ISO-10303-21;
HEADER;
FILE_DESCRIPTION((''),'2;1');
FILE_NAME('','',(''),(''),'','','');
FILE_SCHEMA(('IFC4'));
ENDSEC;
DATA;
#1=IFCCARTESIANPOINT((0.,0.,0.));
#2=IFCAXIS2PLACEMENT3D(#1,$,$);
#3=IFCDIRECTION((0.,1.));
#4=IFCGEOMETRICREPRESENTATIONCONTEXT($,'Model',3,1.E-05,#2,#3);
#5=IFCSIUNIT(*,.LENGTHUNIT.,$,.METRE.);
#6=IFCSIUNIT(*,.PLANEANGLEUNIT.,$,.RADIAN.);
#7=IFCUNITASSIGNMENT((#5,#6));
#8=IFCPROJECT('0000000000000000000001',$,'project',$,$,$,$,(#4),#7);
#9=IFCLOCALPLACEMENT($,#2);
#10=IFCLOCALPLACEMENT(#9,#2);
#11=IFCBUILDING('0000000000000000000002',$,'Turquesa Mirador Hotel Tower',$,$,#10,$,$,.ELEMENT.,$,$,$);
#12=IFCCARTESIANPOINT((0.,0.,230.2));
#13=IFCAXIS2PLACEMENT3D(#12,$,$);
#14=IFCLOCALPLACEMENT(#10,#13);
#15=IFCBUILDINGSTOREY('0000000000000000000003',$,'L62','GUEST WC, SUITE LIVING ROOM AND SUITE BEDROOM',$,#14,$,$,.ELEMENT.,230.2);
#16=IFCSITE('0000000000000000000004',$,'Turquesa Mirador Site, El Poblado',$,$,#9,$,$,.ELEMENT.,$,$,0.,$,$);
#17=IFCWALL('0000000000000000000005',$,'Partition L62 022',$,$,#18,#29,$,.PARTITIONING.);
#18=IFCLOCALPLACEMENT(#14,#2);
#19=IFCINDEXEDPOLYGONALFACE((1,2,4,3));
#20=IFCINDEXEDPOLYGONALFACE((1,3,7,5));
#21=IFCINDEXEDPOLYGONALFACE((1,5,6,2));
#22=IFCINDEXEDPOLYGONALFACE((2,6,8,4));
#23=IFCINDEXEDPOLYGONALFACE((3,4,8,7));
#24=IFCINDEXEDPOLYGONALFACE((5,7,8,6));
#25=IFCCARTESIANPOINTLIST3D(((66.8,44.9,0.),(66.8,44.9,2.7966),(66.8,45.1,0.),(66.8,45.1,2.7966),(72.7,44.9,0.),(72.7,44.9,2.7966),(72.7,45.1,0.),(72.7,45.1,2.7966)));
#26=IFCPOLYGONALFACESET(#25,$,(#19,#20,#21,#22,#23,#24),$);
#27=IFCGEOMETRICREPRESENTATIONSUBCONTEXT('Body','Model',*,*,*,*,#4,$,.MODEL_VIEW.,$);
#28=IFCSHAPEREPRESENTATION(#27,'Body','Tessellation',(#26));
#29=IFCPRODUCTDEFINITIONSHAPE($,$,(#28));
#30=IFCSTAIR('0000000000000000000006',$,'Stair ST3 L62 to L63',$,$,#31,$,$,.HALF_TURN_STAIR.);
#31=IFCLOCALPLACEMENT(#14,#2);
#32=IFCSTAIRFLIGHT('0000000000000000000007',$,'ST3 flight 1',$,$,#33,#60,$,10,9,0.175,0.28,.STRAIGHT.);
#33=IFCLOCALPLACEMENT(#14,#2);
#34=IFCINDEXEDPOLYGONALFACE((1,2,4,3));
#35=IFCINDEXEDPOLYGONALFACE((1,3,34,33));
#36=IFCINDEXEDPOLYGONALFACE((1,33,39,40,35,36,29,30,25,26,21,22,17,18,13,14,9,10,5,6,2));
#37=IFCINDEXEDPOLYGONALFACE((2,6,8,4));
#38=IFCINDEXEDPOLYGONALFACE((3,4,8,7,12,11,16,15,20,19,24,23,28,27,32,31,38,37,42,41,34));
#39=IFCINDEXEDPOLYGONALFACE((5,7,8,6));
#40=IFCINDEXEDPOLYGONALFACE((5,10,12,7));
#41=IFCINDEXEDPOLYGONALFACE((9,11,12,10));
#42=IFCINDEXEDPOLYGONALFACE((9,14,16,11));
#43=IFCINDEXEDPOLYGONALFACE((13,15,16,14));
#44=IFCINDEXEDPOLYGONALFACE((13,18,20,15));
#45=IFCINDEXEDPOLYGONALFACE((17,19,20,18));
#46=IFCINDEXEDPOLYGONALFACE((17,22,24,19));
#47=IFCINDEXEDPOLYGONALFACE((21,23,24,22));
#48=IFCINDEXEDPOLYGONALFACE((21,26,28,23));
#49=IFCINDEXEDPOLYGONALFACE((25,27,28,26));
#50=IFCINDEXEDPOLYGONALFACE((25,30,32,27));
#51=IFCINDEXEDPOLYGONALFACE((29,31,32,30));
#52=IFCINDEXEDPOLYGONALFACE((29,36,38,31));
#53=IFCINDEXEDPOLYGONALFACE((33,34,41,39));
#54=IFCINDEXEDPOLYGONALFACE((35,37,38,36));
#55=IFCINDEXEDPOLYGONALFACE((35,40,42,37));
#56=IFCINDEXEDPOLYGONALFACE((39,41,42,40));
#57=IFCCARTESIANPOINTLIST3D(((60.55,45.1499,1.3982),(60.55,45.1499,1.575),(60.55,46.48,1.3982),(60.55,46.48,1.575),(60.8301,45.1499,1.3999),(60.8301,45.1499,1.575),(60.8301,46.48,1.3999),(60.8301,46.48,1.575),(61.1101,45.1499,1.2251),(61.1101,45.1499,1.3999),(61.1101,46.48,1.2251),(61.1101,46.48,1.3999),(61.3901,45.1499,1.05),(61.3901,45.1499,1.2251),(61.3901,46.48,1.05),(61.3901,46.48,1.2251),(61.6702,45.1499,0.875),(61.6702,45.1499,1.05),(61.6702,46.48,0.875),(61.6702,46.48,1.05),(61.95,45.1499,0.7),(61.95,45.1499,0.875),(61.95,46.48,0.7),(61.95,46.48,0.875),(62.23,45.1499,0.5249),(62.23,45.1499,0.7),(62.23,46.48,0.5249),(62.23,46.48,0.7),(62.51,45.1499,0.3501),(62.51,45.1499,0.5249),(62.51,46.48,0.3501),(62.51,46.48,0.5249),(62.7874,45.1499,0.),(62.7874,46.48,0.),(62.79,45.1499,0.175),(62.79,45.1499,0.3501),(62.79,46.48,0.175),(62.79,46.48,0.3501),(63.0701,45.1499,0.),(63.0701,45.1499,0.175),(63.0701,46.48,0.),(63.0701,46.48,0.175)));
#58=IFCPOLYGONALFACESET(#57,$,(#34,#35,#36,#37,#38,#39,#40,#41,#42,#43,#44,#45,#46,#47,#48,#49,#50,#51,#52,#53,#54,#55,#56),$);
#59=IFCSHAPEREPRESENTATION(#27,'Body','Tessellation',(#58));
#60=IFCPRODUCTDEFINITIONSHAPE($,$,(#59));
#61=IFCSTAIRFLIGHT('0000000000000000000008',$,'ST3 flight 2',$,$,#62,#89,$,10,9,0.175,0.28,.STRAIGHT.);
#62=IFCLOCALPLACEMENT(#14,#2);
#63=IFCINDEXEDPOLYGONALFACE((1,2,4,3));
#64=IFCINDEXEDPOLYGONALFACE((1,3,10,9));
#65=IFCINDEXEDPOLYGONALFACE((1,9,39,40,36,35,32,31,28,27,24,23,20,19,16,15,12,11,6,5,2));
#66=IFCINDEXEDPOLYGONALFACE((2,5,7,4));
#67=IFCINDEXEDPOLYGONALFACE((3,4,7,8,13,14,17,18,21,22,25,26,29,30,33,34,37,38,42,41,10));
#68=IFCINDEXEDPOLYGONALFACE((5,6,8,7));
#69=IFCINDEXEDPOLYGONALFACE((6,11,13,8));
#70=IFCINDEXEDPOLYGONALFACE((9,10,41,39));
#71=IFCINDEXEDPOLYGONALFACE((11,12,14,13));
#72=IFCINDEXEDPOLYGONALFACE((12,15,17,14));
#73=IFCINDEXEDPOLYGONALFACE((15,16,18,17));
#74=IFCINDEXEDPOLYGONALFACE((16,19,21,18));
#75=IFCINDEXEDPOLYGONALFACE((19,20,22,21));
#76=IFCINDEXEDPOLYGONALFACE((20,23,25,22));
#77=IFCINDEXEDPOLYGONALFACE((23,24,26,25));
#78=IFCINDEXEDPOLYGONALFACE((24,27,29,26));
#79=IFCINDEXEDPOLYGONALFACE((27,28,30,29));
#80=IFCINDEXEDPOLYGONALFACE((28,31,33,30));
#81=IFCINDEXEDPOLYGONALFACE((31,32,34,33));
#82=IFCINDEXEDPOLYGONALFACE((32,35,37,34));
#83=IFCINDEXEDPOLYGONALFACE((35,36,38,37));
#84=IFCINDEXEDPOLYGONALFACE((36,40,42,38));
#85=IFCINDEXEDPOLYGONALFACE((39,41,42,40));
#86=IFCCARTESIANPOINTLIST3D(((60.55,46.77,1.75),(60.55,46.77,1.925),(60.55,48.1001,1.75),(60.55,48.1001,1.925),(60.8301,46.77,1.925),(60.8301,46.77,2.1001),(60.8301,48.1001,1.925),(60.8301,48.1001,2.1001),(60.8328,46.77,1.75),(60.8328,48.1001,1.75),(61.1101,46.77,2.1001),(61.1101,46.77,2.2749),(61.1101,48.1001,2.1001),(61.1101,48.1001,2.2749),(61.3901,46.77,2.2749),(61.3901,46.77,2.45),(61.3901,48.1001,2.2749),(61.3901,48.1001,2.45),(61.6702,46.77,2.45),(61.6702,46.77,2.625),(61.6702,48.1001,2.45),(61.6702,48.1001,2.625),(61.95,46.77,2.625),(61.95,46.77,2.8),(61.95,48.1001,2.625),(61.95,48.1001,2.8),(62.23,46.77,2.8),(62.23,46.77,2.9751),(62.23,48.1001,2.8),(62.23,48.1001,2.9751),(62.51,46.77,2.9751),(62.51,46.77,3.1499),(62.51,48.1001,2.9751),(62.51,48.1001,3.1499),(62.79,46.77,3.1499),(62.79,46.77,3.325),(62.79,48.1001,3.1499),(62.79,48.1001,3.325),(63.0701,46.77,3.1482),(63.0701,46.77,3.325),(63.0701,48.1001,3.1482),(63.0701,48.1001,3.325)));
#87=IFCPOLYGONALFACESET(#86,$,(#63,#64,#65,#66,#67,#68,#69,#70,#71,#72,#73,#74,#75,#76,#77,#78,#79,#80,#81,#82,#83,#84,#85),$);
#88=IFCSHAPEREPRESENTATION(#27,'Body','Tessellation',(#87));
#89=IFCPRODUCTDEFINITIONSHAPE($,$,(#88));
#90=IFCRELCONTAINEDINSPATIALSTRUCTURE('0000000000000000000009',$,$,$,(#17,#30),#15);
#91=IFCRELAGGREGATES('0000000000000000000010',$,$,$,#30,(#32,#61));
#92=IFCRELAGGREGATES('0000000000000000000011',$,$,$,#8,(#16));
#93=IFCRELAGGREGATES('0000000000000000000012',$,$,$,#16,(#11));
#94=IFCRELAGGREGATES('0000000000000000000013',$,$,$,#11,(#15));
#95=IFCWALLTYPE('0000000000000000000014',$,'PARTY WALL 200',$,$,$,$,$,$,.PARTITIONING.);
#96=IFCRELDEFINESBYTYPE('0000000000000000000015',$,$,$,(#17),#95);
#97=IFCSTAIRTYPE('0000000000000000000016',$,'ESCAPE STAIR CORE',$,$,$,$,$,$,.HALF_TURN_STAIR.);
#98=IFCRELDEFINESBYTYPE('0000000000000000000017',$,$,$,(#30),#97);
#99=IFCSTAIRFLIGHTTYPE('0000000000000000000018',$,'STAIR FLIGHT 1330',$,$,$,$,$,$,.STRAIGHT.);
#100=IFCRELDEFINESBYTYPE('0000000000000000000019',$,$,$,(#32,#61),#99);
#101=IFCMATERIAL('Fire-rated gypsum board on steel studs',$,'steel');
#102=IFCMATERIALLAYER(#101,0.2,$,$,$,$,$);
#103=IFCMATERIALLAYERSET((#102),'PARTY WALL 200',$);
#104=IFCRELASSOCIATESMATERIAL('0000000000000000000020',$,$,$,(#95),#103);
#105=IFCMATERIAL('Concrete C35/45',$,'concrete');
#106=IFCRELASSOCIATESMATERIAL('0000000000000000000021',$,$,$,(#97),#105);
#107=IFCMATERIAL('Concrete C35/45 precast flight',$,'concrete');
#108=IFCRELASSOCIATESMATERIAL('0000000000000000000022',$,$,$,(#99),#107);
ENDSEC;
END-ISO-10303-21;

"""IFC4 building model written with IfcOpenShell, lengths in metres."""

from ifc_helpers import new_model, si_unit, direction, frame, frame_2d, origin, place, context, subcontext, project, spatial, polyline, rectangle, outline, extrude, material, layer, layer_set, type_object, element, aggregate, save


model = new_model("IFC4")

# Units and contexts
model_context = context("Model", 3, precision=1e-05, world=origin(), true_north=direction((0.0, 1.0)))
body_context = subcontext(model_context, "Body", "Model", "MODEL_VIEW")
ifc_project = project(units=[si_unit("LENGTHUNIT", "METRE"), si_unit("PLANEANGLEUNIT", "RADIAN")], contexts=[model_context])

# Site, building, storey
site_placement = place(None, origin())
site = spatial("IfcSite", under=ifc_project, at=site_placement, Name="Turquesa Mirador Site, El Poblado", CompositionType="ELEMENT", RefElevation=0.0)
building_placement = place(site_placement, origin())
building = spatial("IfcBuilding", under=site, at=building_placement, Name="Turquesa Mirador Hotel Tower", CompositionType="ELEMENT")
storey_placement = place(building_placement, frame((0.0, 0.0, 230.2)))
storey = spatial("IfcBuildingStorey", under=building, at=storey_placement, Name="L62", Description="GUEST WC, SUITE LIVING ROOM AND SUITE BEDROOM", CompositionType="ELEMENT", Elevation=230.2)

# Wall
ifc_material_1 = material(Name="Fire-rated gypsum board on steel studs", Category="steel")
ifc_layer_1 = layer(ifc_material_1, 0.2)
ifc_layer_set_1 = layer_set([ifc_layer_1], Name="PARTY WALL 200")
wall_type_1 = type_object("IfcWallType", Name="PARTY WALL 200", PredefinedType="PARTITIONING", material=ifc_layer_set_1)
wall_1_placement = place(storey_placement, frame((66.8, 45.0, 0.0), z_axis=(0.0, 0.0, 1.0), x_axis=(1.0, 0.0, 0.0)))
element("IfcWall", 1, at=wall_1_placement, inside=storey, type_object=wall_type_1, Name="Partition L62 022", PredefinedType="PARTITIONING", context=body_context, shape_type="SweptSolid", body=[
    extrude(rectangle(XDim=5.8999, YDim=0.2, at=frame_2d((2.95, 0.0))), origin(), (0.0, 0.0, 1.0), 2.7966),
])

# Stair, stair flights
ifc_material_2 = material(Name="Concrete C35/45", Category="concrete")
stair_type = type_object("IfcStairType", Name="ESCAPE STAIR CORE", PredefinedType="HALF_TURN_STAIR", material=ifc_material_2)
stair_placement = place(storey_placement, origin())
stair = element("IfcStair", 2, at=stair_placement, inside=storey, type_object=stair_type, Name="Stair ST3 L62 to L63", PredefinedType="HALF_TURN_STAIR")
ifc_material_3 = material(Name="Concrete C35/45 precast flight", Category="concrete")
stair_flight_type = type_object("IfcStairFlightType", Name="STAIR FLIGHT 1330", PredefinedType="STRAIGHT", material=ifc_material_3)
stair_flight_1_placement = place(storey_placement, frame((63.0701, 45.8149, 0.0), z_axis=(0.0, 0.0, 1.0), x_axis=(-1.0, 0.0, 0.0)))
stair_flight_1 = element("IfcStairFlight", 3, at=stair_flight_1_placement, type_object=stair_flight_type, Name="ST3 flight 1", NumberOfRisers=10, NumberOfTreads=9, PredefinedType="STRAIGHT", RiserHeight=0.175, TreadLength=0.28, context=body_context, shape_type="SweptSolid", body=[
    extrude(outline(polyline([(0.0, 0.0), (0.0, 0.175), (0.28, 0.175), (0.28, 0.3501), (0.5601, 0.3501), (0.5601, 0.5249), (0.8401, 0.5249), (0.8401, 0.7), (1.1201, 0.7), (1.1201, 0.875), (1.3999, 0.875), (1.3999, 1.05), (1.6799, 1.05), (1.6799, 1.2251), (1.96, 1.2251), (1.96, 1.3999), (2.24, 1.3999), (2.24, 1.575), (2.52, 1.575), (2.52, 1.75), (2.52, 1.3982), (0.2827, 0.0), (0.0, 0.0)])), frame((0.0, 0.665, 0.0), z_axis=(0.0, -1.0, 0.0), x_axis=(1.0, 0.0, 0.0)), (0.0, 0.0, 1.0), 1.3301),
])
stair_flight_2_placement = place(storey_placement, frame((60.55, 47.4351, 1.75), z_axis=(0.0, 0.0, 1.0), x_axis=(1.0, 0.0, 0.0)))
stair_flight_2 = element("IfcStairFlight", 4, at=stair_flight_2_placement, type_object=stair_flight_type, Name="ST3 flight 2", NumberOfRisers=10, NumberOfTreads=9, PredefinedType="STRAIGHT", RiserHeight=0.175, TreadLength=0.28, context=body_context, shape_type="SweptSolid", body=[
    extrude(outline(polyline([(0.0, 0.0), (0.0, 0.175), (0.28, 0.175), (0.28, 0.3501), (0.5601, 0.3501), (0.5601, 0.5249), (0.8401, 0.5249), (0.8401, 0.7), (1.1201, 0.7), (1.1201, 0.875), (1.3999, 0.875), (1.3999, 1.05), (1.6799, 1.05), (1.6799, 1.2251), (1.96, 1.2251), (1.96, 1.3999), (2.24, 1.3999), (2.24, 1.575), (2.52, 1.575), (2.52, 1.75), (2.52, 1.3982), (0.2827, 0.0), (0.0, 0.0)])), frame((0.0, 0.665, 0.0), z_axis=(0.0, -1.0, 0.0), x_axis=(1.0, 0.0, 0.0)), (0.0, 0.0, 1.0), 1.3301),
])
aggregate(stair, [stair_flight_1, stair_flight_2])

save(model, "model.ifc")
